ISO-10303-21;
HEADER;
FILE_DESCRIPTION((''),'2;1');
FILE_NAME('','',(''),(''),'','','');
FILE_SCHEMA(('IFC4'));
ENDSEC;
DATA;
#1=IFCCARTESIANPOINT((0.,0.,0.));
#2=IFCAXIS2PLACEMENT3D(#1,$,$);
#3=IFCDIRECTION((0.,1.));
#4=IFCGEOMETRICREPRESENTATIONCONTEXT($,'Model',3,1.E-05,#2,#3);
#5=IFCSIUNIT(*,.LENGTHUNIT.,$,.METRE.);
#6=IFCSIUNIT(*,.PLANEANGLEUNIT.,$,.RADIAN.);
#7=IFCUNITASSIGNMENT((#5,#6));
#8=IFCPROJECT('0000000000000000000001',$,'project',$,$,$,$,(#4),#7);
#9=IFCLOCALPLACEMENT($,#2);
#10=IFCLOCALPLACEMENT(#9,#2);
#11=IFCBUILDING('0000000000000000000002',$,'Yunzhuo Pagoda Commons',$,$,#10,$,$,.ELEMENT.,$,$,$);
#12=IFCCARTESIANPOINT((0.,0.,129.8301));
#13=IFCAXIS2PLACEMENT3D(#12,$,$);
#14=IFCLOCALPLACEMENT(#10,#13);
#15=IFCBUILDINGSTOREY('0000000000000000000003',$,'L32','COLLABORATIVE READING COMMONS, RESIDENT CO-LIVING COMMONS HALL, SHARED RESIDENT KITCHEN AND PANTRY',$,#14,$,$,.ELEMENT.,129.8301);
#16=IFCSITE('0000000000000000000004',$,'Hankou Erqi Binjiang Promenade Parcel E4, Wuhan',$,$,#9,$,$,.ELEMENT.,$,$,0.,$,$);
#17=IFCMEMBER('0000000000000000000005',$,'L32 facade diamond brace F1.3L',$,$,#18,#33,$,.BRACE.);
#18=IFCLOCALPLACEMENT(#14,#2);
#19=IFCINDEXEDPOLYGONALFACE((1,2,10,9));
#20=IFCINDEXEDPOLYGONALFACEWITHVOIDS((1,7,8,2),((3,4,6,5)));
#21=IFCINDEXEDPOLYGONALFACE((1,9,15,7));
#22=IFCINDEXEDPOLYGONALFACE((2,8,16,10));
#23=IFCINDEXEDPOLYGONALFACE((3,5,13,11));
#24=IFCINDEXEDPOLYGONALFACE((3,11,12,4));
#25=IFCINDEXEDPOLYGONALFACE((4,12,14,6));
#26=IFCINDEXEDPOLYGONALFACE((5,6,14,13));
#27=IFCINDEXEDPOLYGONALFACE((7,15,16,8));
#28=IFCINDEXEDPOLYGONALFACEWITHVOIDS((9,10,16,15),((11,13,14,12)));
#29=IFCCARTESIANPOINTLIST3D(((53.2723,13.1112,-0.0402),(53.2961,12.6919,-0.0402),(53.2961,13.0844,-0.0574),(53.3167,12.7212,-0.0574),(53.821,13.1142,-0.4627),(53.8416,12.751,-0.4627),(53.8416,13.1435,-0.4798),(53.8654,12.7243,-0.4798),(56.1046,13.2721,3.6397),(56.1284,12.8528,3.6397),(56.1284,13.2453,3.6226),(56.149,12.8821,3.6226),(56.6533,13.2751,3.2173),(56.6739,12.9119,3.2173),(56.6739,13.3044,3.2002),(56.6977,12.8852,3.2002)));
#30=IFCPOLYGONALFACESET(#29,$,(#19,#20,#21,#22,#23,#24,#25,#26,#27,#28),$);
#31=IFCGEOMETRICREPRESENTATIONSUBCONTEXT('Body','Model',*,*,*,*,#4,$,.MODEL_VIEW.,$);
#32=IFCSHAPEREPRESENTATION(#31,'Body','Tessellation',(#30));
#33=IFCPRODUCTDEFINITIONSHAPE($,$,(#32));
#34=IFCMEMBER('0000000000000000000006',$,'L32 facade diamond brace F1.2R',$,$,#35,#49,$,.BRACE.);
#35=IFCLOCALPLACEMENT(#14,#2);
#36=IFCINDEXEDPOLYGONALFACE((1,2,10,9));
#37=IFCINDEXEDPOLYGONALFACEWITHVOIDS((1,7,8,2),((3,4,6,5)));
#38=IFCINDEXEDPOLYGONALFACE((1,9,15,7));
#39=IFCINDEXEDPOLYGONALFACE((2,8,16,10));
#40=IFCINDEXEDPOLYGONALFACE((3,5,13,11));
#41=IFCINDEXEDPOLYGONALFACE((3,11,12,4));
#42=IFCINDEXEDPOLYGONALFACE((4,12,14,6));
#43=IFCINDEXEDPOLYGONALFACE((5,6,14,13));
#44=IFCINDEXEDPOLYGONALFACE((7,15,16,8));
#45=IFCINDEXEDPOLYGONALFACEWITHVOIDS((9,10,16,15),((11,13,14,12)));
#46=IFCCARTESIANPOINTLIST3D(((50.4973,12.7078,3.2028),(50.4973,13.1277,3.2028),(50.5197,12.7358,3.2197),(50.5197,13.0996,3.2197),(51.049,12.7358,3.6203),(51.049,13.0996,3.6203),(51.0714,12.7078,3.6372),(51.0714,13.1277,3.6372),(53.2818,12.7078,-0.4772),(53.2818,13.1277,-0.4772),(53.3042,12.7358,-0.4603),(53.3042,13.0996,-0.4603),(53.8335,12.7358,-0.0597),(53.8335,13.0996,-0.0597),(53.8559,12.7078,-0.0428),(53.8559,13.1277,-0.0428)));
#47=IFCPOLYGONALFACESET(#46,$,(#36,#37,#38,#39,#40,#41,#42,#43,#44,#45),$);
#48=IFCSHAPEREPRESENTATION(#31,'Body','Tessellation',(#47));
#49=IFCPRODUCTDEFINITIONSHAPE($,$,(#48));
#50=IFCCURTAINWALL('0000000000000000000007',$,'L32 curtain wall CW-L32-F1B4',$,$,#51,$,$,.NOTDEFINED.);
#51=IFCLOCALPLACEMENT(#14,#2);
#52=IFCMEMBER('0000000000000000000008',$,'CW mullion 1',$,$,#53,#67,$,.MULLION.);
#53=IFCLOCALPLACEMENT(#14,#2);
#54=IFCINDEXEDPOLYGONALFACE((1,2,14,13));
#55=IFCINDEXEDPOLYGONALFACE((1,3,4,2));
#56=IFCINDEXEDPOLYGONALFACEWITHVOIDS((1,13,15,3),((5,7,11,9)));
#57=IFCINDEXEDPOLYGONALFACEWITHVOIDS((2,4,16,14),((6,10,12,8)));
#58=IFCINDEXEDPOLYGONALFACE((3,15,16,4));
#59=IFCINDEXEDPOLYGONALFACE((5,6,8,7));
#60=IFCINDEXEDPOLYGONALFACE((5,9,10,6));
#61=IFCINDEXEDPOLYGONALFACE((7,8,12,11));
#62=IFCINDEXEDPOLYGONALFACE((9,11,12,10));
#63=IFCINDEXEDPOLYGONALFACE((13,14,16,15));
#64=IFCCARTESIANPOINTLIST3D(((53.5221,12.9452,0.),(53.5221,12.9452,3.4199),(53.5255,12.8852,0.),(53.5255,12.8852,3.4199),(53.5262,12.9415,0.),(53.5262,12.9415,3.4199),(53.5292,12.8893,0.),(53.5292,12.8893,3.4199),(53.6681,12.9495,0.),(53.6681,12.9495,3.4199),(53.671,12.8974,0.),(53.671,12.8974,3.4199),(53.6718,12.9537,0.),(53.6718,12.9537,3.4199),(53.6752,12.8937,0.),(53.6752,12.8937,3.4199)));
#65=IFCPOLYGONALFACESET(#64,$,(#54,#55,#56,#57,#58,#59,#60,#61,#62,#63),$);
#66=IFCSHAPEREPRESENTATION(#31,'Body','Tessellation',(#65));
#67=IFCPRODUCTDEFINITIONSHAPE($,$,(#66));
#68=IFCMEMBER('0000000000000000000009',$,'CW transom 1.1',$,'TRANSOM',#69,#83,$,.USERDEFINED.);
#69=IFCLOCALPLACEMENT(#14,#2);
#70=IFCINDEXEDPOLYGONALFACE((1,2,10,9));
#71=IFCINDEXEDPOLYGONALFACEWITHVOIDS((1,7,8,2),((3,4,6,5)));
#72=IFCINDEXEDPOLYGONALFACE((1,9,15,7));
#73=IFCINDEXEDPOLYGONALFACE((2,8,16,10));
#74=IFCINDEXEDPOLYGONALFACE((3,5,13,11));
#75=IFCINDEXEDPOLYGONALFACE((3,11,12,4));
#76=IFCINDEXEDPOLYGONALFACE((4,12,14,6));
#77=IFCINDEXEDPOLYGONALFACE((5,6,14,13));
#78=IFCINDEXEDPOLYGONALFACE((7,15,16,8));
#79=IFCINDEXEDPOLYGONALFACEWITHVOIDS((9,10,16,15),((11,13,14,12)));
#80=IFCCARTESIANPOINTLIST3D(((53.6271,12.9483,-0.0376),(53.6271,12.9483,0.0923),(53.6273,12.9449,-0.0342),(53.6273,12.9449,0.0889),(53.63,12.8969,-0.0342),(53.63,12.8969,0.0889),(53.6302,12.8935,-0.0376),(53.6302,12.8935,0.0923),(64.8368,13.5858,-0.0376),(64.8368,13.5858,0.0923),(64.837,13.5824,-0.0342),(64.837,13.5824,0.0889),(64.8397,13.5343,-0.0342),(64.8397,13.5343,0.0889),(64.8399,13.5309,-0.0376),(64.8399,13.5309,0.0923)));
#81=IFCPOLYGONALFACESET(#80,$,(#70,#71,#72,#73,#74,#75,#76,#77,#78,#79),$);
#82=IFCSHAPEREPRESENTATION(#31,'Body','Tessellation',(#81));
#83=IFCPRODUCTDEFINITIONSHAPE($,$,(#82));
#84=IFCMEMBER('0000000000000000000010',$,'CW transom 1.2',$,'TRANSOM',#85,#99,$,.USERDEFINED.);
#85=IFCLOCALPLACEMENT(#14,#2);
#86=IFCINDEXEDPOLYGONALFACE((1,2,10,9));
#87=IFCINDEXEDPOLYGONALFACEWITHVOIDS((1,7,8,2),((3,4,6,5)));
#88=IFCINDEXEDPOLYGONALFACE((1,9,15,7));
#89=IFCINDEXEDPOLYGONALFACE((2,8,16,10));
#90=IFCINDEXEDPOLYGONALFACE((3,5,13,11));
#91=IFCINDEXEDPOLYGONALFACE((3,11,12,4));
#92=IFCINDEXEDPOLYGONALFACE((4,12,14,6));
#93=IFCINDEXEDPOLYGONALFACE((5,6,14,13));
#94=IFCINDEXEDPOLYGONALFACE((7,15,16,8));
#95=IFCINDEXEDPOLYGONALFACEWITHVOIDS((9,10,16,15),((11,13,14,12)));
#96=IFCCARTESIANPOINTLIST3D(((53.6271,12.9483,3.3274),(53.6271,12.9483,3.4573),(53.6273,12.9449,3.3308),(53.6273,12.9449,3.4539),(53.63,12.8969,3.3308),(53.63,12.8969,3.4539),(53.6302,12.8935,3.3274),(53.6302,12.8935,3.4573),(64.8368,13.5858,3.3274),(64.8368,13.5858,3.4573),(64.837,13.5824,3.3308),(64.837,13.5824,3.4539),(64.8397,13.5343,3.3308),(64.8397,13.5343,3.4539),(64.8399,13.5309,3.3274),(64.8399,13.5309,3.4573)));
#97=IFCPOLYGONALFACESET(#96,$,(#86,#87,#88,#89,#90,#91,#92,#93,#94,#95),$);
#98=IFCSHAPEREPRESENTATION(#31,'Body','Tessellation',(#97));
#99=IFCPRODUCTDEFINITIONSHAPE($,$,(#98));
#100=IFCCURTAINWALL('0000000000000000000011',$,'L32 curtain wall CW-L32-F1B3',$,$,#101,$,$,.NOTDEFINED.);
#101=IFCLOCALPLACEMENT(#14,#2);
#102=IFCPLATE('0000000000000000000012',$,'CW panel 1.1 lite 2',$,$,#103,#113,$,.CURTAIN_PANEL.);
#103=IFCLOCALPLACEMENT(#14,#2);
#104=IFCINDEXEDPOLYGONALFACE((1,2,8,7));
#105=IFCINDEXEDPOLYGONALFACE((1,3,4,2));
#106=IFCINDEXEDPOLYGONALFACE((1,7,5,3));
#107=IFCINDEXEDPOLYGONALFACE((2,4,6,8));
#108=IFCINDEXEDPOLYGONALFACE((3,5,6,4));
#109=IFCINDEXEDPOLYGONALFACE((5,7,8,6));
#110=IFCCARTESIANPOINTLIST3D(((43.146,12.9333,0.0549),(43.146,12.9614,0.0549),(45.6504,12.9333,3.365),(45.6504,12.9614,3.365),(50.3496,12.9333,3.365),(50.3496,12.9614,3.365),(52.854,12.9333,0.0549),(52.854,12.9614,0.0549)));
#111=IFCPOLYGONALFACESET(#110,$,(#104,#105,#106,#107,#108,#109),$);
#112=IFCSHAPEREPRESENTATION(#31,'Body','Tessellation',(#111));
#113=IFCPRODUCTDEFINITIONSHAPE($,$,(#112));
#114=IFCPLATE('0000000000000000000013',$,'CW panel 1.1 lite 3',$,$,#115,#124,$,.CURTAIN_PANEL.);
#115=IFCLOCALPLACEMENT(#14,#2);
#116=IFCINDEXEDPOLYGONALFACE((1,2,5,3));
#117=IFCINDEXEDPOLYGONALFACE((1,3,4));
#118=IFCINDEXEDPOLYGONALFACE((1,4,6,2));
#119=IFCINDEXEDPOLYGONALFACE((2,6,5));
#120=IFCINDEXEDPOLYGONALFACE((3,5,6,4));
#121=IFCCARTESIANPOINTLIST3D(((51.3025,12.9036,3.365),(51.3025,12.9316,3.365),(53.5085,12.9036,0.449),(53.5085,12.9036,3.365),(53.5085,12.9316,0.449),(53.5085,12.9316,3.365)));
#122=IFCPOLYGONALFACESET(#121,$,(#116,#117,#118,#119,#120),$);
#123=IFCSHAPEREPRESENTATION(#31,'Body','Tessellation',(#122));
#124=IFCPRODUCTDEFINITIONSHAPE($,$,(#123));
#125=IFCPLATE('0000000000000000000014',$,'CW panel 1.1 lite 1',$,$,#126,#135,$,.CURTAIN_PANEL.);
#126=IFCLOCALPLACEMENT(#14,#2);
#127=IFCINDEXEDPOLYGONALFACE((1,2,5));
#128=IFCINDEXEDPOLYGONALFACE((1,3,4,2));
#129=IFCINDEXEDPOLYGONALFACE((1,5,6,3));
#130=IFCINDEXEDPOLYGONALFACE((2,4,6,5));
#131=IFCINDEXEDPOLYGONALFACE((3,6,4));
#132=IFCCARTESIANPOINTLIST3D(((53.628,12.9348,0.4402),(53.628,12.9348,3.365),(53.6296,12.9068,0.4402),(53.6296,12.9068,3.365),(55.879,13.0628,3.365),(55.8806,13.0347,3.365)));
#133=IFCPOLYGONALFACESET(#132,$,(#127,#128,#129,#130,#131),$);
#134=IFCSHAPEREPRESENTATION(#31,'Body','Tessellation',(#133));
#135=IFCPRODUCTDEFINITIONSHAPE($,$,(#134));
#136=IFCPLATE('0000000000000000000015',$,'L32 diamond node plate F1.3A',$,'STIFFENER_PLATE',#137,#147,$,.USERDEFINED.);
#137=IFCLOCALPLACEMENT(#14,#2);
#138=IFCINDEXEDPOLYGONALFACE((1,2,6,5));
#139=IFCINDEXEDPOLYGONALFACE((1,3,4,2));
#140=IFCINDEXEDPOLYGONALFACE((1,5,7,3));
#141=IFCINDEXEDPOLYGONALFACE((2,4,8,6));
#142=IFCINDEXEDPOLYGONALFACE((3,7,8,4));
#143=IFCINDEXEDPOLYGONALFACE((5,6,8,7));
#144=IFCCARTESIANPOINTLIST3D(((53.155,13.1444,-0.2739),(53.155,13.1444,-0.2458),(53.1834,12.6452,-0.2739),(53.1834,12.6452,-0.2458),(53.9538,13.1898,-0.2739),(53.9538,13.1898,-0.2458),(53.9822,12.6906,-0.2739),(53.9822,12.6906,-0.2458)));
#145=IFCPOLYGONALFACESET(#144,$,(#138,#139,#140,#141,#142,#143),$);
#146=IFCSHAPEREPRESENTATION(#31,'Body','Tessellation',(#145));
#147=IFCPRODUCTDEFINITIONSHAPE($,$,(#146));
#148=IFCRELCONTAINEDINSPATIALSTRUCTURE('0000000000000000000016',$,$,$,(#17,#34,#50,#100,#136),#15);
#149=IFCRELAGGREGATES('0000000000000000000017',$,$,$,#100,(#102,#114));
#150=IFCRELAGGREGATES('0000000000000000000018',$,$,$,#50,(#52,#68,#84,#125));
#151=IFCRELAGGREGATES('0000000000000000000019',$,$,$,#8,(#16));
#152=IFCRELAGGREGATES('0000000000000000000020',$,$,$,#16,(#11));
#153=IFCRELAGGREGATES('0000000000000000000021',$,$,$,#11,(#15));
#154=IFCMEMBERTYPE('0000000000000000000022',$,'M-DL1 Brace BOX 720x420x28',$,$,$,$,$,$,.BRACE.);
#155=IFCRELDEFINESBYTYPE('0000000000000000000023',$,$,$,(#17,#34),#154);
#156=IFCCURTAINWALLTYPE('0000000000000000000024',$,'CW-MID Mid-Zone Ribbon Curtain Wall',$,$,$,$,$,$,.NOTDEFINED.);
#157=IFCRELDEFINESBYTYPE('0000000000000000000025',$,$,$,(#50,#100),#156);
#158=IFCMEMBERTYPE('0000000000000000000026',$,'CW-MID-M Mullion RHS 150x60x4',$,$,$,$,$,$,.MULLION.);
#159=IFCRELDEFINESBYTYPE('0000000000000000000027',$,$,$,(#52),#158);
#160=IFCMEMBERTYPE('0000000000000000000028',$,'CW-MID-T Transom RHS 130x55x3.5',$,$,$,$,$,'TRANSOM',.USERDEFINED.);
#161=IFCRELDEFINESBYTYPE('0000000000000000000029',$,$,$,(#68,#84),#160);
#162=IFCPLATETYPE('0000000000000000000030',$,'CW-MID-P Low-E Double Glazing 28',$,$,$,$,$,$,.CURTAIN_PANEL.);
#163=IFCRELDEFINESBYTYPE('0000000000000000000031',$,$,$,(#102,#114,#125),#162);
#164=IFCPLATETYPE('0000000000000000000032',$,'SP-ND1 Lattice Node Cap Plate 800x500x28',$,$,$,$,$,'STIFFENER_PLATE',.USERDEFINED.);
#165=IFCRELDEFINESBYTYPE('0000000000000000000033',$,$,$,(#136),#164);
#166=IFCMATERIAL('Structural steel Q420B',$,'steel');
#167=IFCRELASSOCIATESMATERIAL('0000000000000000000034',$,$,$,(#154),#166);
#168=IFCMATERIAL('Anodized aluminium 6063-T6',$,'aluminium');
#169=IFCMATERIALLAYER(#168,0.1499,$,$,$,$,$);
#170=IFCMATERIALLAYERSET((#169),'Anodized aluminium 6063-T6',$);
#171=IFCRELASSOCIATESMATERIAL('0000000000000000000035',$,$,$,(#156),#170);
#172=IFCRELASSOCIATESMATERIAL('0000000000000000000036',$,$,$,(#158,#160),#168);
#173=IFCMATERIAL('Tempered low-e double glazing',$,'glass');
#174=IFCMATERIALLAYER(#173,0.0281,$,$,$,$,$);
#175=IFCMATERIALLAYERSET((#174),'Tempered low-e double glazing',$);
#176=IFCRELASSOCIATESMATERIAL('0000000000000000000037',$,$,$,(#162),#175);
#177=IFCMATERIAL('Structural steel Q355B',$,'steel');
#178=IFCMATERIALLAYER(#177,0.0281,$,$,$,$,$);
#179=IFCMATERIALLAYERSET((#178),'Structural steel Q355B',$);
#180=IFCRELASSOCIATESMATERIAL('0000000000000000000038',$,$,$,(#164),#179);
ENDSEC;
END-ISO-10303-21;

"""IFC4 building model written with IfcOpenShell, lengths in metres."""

from ifc_helpers import new_model, si_unit, direction, frame, origin, origin_2d, place, context, subcontext, project, spatial, polyline, rectangle, hollow_rectangle, outline, extrude, source, transform, mapped, material, layer, layer_set, material_profile, profile_set, type_object, element, aggregate, save


model = new_model("IFC4")

# Units and contexts
model_context = context("Model", 3, precision=1e-05, world=origin(), true_north=direction((0.0, 1.0)))
body_context = subcontext(model_context, "Body", "Model", "MODEL_VIEW")
ifc_project = project(units=[si_unit("LENGTHUNIT", "METRE"), si_unit("PLANEANGLEUNIT", "RADIAN")], contexts=[model_context])

# Site, building, storey
site_placement = place(None, origin())
site = spatial("IfcSite", under=ifc_project, at=site_placement, Name="Hankou Erqi Binjiang Promenade Parcel E4, Wuhan", CompositionType="ELEMENT", RefElevation=0.0)
building_placement = place(site_placement, origin())
building = spatial("IfcBuilding", under=site, at=building_placement, Name="Yunzhuo Pagoda Commons", CompositionType="ELEMENT")
storey_placement = place(building_placement, frame((0.0, 0.0, 129.8301)))
storey = spatial("IfcBuildingStorey", under=building, at=storey_placement, Name="L32", Description="COLLABORATIVE READING COMMONS, RESIDENT CO-LIVING COMMONS HALL, SHARED RESIDENT KITCHEN AND PANTRY", CompositionType="ELEMENT", Elevation=129.8301)

# Shared definitions
ifc_material_1 = material(Name="Structural steel Q420B", Category="steel")

# Shared definitions
ifc_material_2 = material(Name="Structural steel Q355B", Category="steel")

# Members
ifc_material_profile_1 = material_profile(ifc_material_1, hollow_rectangle(XDim=0.4199, YDim=0.72, WallThickness=0.0281, at=origin_2d()), Name="Structural steel Q420B")
ifc_profile_set_1 = profile_set([ifc_material_profile_1], Name="Structural steel Q420B")
member_type_1 = type_object("IfcMemberType", Name="M-DL1 Brace BOX 720x420x28", PredefinedType="BRACE", material=ifc_profile_set_1)
shared_shape_1 = source(origin(), body_context, "Body", "SweptSolid", [
    extrude(hollow_rectangle(XDim=0.4199, YDim=0.72, WallThickness=0.0281, at=origin_2d()), origin(), (0.0, 0.0, 1.0), 4.6465),
])
member_1_placement = place(storey_placement, frame((53.5688, 12.9177, -0.26), z_axis=(0.609556, 0.034626, 0.791987), x_axis=(-0.056714, 0.99839, 0.0)))
element("IfcMember", 1, at=member_1_placement, inside=storey, type_object=member_type_1, Name="L32 facade diamond brace F1.3L", PredefinedType="BRACE", context=body_context, shape_type="MappedRepresentation", body=[
    mapped(shared_shape_1, transform((0.0, 0.0, 0.0), scale=1.0)),
])
shared_shape_2 = source(origin(), body_context, "Body", "SweptSolid", [
    extrude(hollow_rectangle(XDim=0.4199, YDim=0.72, WallThickness=0.0281, at=origin_2d()), origin(), (0.0, 0.0, 1.0), 4.6147),
])
member_2_placement = place(storey_placement, frame((53.5688, 12.9177, -0.26), z_axis=(-0.603389, 0.0, 0.797447), x_axis=(0.0, -1.0, 0.0)))
element("IfcMember", 2, at=member_2_placement, inside=storey, type_object=member_type_1, Name="L32 facade diamond brace F1.2R", PredefinedType="BRACE", context=body_context, shape_type="MappedRepresentation", body=[
    mapped(shared_shape_2, transform((0.0, 0.0, 0.0), scale=1.0)),
])

# Curtain wall, members
ifc_material_3 = material(Name="Anodized aluminium 6063-T6", Category="aluminium")
ifc_layer_1 = layer(ifc_material_3, 0.1499)
ifc_layer_set_1 = layer_set([ifc_layer_1], Name="Anodized aluminium 6063-T6")
curtain_wall_type = type_object("IfcCurtainWallType", Name="CW-MID Mid-Zone Ribbon Curtain Wall", PredefinedType="NOTDEFINED", material=ifc_layer_set_1)
curtain_wall_1_placement = place(storey_placement, origin())
curtain_wall_1 = element("IfcCurtainWall", 3, at=curtain_wall_1_placement, inside=storey, type_object=curtain_wall_type, Name="L32 curtain wall CW-L32-F1B4", PredefinedType="NOTDEFINED")
ifc_material_profile_2 = material_profile(ifc_material_3, hollow_rectangle(XDim=0.0601, YDim=0.1499, WallThickness=0.0039, at=origin_2d()), Name="Anodized aluminium 6063-T6")
ifc_profile_set_2 = profile_set([ifc_material_profile_2], Name="Anodized aluminium 6063-T6")
member_type_2 = type_object("IfcMemberType", Name="CW-MID-M Mullion RHS 150x60x4", PredefinedType="MULLION", material=ifc_profile_set_2)
shared_shape_3 = source(origin(), body_context, "Body", "SweptSolid", [
    extrude(hollow_rectangle(XDim=0.0601, YDim=0.1499, WallThickness=0.0039, at=origin_2d()), origin(), (0.0, 0.0, 1.0), 3.4199),
])
member_3_placement = place(storey_placement, frame((53.5986, 12.9194, 0.0), z_axis=(0.0, 0.0, 1.0), x_axis=(-0.056742, 0.998389, 0.0)))
member_3 = element("IfcMember", 4, at=member_3_placement, type_object=member_type_2, Name="CW mullion 1", PredefinedType="MULLION", context=body_context, shape_type="MappedRepresentation", body=[
    mapped(shared_shape_3, transform((0.0, 0.0, 0.0), scale=1.0)),
])
ifc_material_profile_3 = material_profile(ifc_material_3, hollow_rectangle(XDim=0.0549, YDim=0.1299, WallThickness=0.0034, at=origin_2d()), Name="Anodized aluminium 6063-T6")
ifc_profile_set_3 = profile_set([ifc_material_profile_3], Name="Anodized aluminium 6063-T6")
member_type_3 = type_object("IfcMemberType", Name="CW-MID-T Transom RHS 130x55x3.5", ElementType="TRANSOM", PredefinedType="USERDEFINED", material=ifc_profile_set_3)
shared_shape_4 = source(origin(), body_context, "Body", "SweptSolid", [
    extrude(hollow_rectangle(XDim=0.0549, YDim=0.1299, WallThickness=0.0034, at=origin_2d()), origin(), (0.0, 0.0, 1.0), 11.2278),
])
member_4_placement = place(storey_placement, frame((53.6287, 12.9209, 0.0273), z_axis=(0.998387, 0.056774, 0.0), x_axis=(-0.056774, 0.998387, 0.0)))
member_4 = element("IfcMember", 5, at=member_4_placement, type_object=member_type_3, Name="CW transom 1.1", ObjectType="TRANSOM", PredefinedType="USERDEFINED", context=body_context, shape_type="MappedRepresentation", body=[
    mapped(shared_shape_4, transform((0.0, 0.0, 0.0), scale=1.0)),
])
member_5_placement = place(storey_placement, frame((53.6287, 12.9209, 3.3923), z_axis=(0.998387, 0.056774, 0.0), x_axis=(-0.056774, 0.998387, 0.0)))
member_5 = element("IfcMember", 6, at=member_5_placement, type_object=member_type_3, Name="CW transom 1.2", ObjectType="TRANSOM", PredefinedType="USERDEFINED", context=body_context, shape_type="MappedRepresentation", body=[
    mapped(shared_shape_4, transform((0.0, 0.0, 0.0), scale=1.0)),
])

# Curtain wall, plates
curtain_wall_2_placement = place(storey_placement, origin())
curtain_wall_2 = element("IfcCurtainWall", 7, at=curtain_wall_2_placement, inside=storey, type_object=curtain_wall_type, Name="L32 curtain wall CW-L32-F1B3", PredefinedType="NOTDEFINED")
ifc_material_4 = material(Name="Tempered low-e double glazing", Category="glass")
ifc_layer_2 = layer(ifc_material_4, 0.0281)
ifc_layer_set_2 = layer_set([ifc_layer_2], Name="Tempered low-e double glazing")
plate_type_1 = type_object("IfcPlateType", Name="CW-MID-P Low-E Double Glazing 28", PredefinedType="CURTAIN_PANEL", material=ifc_layer_set_2)
plate_1_placement = place(storey_placement, frame((48.0, 12.9614, 1.71), z_axis=(0.0, -1.0, 0.0), x_axis=(1.0, 0.0, 0.0)))
plate_1 = element("IfcPlate", 8, at=plate_1_placement, type_object=plate_type_1, Name="CW panel 1.1 lite 2", PredefinedType="CURTAIN_PANEL", context=body_context, shape_type="SweptSolid", body=[
    extrude(outline(polyline([(-4.854, -1.655), (4.854, -1.655), (2.3496, 1.655), (-2.3496, 1.655), (-4.854, -1.655)])), origin(), (0.0, 0.0, 1.0), 0.0281),
])
plate_2_placement = place(storey_placement, frame((52.4055, 12.9316, 1.907), z_axis=(0.0, -1.0, 0.0), x_axis=(1.0, 0.0, 0.0)))
plate_2 = element("IfcPlate", 9, at=plate_2_placement, type_object=plate_type_1, Name="CW panel 1.1 lite 3", PredefinedType="CURTAIN_PANEL", context=body_context, shape_type="SweptSolid", body=[
    extrude(outline(polyline([(-1.103, 1.458), (1.103, -1.458), (1.103, 1.458), (-1.103, 1.458)])), origin(), (0.0, 0.0, 1.0), 0.0281),
])
aggregate(curtain_wall_2, [plate_1, plate_2])

# Plates
plate_3_placement = place(storey_placement, frame((54.7534, 12.9988, 1.9026), z_axis=(0.056742, -0.998389, 0.0), x_axis=(0.998389, 0.056742, 0.0)))
plate_3 = element("IfcPlate", 10, at=plate_3_placement, type_object=plate_type_1, Name="CW panel 1.1 lite 1", PredefinedType="CURTAIN_PANEL", context=body_context, shape_type="SweptSolid", body=[
    extrude(outline(polyline([(-1.1272, -1.4624), (1.1274, 1.4624), (-1.1272, 1.4624), (-1.1272, -1.4624)])), origin(), (0.0, 0.0, 1.0), 0.0281),
])
aggregate(curtain_wall_1, [member_3, member_4, member_5, plate_3])
ifc_layer_3 = layer(ifc_material_2, 0.0281)
ifc_layer_set_3 = layer_set([ifc_layer_3], Name="Structural steel Q355B")
plate_type_2 = type_object("IfcPlateType", Name="SP-ND1 Lattice Node Cap Plate 800x500x28", ElementType="STIFFENER_PLATE", PredefinedType="USERDEFINED", material=ifc_layer_set_3)
shared_shape_5 = source(origin(), body_context, "Body", "SweptSolid", [
    extrude(rectangle(XDim=0.8, YDim=0.5, at=origin_2d()), origin(), (0.0, 0.0, 1.0), 0.0281),
])
plate_4_placement = place(storey_placement, frame((53.5686, 12.9175, -0.2739), z_axis=(0.0, 0.0, 1.0), x_axis=(0.998389, 0.056745, 0.0)))
element("IfcPlate", 11, at=plate_4_placement, inside=storey, type_object=plate_type_2, Name="L32 diamond node plate F1.3A", ObjectType="STIFFENER_PLATE", PredefinedType="USERDEFINED", context=body_context, shape_type="MappedRepresentation", body=[
    mapped(shared_shape_5, transform((0.0, 0.0, 0.0), scale=1.0)),
])

save(model, "model.ifc")
